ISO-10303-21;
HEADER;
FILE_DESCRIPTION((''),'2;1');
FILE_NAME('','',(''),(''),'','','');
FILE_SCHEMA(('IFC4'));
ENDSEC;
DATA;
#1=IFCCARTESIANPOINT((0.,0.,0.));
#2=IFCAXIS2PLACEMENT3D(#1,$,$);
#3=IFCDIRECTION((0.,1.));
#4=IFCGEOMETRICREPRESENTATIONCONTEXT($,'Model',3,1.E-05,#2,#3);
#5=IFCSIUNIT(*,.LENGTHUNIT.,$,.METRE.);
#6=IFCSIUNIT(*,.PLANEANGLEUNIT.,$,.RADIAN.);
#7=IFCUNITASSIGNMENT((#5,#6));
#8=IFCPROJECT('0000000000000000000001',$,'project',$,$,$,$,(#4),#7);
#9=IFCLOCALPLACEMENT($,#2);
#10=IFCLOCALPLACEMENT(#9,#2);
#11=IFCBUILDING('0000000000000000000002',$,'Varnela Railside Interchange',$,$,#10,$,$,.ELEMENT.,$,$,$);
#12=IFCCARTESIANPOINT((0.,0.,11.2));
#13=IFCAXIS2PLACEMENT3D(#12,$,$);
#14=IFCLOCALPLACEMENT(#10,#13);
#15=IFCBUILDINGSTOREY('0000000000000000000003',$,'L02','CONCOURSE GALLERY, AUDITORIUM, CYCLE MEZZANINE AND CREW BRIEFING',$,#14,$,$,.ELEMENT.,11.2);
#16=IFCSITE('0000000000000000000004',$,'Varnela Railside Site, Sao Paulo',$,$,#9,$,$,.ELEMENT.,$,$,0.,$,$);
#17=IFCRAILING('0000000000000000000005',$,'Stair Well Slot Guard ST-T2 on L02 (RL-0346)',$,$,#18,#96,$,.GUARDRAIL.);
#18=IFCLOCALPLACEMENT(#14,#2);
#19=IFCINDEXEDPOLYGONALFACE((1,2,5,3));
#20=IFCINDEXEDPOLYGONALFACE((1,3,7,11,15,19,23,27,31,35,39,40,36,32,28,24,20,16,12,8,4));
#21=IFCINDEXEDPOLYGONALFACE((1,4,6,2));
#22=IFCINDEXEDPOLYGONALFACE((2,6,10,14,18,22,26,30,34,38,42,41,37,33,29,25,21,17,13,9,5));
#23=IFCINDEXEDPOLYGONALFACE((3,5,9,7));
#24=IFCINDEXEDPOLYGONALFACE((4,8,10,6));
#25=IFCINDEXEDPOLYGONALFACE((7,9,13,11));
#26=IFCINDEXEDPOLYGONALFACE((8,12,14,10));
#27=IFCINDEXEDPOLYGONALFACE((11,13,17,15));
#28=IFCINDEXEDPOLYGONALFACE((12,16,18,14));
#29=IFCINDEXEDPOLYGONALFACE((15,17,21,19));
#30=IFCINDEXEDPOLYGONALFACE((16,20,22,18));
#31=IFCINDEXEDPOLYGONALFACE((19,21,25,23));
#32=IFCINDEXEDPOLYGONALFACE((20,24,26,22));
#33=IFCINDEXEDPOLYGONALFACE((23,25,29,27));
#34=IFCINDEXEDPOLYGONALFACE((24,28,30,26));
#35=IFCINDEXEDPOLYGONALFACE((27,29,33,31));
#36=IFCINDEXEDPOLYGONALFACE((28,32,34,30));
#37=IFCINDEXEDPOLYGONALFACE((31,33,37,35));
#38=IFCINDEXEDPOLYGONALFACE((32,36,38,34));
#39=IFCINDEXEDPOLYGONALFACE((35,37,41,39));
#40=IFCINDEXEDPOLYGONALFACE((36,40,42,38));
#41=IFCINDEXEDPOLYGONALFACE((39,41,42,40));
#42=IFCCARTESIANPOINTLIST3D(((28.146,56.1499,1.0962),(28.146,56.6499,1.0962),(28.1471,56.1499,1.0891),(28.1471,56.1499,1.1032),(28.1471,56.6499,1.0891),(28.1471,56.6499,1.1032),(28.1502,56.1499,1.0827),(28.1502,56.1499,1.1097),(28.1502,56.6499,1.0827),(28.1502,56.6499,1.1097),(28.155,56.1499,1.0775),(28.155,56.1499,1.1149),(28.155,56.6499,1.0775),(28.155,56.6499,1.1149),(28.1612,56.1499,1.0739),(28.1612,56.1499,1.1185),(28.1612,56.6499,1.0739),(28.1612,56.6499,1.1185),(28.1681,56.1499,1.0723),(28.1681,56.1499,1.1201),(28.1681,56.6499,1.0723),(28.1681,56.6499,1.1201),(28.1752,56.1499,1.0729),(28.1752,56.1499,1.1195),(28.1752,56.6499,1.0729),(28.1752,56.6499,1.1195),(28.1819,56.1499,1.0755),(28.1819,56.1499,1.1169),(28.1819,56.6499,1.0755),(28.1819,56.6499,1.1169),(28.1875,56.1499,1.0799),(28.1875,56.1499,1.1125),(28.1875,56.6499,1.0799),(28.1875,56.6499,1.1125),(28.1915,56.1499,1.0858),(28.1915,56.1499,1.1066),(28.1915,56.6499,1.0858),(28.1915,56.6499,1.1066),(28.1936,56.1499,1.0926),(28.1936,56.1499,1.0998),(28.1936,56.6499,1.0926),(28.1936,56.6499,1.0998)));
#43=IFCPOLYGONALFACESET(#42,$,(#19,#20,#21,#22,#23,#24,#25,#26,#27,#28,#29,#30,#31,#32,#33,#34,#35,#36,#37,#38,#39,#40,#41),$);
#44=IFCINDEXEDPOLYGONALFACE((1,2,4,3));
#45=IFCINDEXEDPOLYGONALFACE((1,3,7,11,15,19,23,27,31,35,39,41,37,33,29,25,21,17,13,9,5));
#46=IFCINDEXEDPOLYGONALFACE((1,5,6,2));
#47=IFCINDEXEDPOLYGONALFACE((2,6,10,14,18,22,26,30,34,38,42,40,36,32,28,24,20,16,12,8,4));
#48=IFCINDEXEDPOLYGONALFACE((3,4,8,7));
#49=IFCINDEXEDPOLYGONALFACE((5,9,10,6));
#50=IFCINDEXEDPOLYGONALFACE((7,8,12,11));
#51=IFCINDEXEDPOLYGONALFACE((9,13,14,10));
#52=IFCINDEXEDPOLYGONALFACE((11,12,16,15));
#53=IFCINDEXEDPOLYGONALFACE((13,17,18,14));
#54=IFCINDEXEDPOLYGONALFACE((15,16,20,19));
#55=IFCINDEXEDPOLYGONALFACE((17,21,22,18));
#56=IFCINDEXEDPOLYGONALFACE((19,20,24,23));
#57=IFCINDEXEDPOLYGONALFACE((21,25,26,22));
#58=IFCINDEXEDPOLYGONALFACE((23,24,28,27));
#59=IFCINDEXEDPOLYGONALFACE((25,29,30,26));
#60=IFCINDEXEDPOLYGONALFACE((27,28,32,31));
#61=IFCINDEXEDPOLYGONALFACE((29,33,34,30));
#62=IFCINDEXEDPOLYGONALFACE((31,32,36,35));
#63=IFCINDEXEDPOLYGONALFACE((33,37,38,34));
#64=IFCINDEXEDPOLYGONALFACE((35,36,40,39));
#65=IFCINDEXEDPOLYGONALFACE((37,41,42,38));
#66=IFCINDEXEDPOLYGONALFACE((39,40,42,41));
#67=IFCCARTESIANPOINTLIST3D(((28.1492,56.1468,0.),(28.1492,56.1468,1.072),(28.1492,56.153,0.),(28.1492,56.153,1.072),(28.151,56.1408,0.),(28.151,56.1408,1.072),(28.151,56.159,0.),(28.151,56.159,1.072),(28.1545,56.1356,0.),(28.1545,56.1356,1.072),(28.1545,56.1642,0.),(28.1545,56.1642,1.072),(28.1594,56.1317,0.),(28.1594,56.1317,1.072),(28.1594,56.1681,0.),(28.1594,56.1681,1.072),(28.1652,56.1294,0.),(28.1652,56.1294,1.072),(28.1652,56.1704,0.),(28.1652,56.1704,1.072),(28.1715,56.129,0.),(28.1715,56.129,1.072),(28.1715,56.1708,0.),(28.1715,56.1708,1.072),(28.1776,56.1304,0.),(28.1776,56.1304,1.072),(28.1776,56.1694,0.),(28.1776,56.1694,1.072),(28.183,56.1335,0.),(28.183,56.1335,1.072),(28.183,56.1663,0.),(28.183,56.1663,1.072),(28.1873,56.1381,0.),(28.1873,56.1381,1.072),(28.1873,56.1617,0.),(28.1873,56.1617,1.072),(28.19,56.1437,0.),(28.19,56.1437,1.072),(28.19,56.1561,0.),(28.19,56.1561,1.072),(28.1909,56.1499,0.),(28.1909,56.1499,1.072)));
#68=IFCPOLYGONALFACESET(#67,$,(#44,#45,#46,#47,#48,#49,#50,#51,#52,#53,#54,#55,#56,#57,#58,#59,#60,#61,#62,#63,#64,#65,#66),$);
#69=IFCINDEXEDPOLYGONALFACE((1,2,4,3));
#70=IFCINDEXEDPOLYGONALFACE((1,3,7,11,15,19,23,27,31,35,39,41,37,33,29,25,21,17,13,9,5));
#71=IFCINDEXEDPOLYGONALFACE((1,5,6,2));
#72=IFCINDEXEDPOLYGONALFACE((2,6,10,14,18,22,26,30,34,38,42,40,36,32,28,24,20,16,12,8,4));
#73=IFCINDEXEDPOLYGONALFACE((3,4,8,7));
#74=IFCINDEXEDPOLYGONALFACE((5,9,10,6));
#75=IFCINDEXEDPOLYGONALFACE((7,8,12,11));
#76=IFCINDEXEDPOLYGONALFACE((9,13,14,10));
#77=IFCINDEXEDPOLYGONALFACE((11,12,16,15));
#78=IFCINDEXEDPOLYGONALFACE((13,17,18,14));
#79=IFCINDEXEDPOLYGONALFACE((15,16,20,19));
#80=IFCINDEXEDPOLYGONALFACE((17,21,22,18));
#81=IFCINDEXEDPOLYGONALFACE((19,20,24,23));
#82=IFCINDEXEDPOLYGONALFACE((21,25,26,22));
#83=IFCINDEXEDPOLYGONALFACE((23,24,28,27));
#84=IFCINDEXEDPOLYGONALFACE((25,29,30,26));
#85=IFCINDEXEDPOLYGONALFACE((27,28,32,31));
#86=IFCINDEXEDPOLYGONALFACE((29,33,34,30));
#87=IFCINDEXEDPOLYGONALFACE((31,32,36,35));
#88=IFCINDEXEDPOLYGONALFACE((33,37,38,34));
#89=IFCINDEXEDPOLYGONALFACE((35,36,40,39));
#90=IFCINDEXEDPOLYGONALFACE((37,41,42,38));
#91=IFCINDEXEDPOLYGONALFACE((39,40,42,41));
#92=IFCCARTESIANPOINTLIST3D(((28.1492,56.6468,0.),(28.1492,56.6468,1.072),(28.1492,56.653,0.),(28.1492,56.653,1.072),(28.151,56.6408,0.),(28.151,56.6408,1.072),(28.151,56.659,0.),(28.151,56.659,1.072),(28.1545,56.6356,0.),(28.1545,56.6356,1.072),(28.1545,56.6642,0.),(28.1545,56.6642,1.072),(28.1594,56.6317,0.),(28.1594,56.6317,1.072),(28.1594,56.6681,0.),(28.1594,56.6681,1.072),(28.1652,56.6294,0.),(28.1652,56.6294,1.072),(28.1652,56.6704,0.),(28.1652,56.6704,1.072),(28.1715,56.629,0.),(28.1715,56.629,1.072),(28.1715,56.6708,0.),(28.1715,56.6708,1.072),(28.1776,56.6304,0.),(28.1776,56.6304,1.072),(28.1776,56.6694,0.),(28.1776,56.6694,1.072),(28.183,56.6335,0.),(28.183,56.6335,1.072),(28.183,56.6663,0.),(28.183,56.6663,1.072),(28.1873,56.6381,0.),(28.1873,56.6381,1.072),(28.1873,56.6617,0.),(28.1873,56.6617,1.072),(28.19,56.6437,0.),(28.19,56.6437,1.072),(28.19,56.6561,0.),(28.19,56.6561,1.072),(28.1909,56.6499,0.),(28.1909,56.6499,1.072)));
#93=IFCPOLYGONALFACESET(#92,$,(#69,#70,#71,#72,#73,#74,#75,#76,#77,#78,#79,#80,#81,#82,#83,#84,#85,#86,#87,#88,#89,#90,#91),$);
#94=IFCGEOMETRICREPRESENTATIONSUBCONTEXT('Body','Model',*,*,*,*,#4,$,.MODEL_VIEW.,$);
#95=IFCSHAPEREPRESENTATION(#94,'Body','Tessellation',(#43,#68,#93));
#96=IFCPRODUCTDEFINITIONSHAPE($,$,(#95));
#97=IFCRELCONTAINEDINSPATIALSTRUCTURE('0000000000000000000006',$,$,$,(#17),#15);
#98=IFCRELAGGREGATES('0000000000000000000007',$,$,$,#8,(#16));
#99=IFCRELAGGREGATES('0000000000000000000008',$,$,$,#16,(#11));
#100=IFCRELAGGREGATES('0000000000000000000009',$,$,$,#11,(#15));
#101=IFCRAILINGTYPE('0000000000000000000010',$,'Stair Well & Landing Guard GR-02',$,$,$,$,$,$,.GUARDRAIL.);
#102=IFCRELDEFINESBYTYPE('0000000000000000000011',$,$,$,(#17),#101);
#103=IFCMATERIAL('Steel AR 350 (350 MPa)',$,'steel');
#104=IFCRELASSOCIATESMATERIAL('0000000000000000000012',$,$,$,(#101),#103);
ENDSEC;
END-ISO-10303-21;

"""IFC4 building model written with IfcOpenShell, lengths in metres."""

from ifc_helpers import new_model, si_unit, direction, frame, origin, origin_2d, place, context, subcontext, project, spatial, circle, extrude, material, type_object, element, save


model = new_model("IFC4")

# Units and contexts
model_context = context("Model", 3, precision=1e-05, world=origin(), true_north=direction((0.0, 1.0)))
body_context = subcontext(model_context, "Body", "Model", "MODEL_VIEW")
ifc_project = project(units=[si_unit("LENGTHUNIT", "METRE"), si_unit("PLANEANGLEUNIT", "RADIAN")], contexts=[model_context])

# Site, building, storey
site_placement = place(None, origin())
site = spatial("IfcSite", under=ifc_project, at=site_placement, Name="Varnela Railside Site, Sao Paulo", CompositionType="ELEMENT", RefElevation=0.0)
building_placement = place(site_placement, origin())
building = spatial("IfcBuilding", under=site, at=building_placement, Name="Varnela Railside Interchange", CompositionType="ELEMENT")
storey_placement = place(building_placement, frame((0.0, 0.0, 11.2)))
storey = spatial("IfcBuildingStorey", under=building, at=storey_placement, Name="L02", Description="CONCOURSE GALLERY, AUDITORIUM, CYCLE MEZZANINE AND CREW BRIEFING", CompositionType="ELEMENT", Elevation=11.2)

# Shared definitions
ifc_material_1 = material(Name="Steel AR 350 (350 MPa)", Category="steel")

# Railing
railing_type_1 = type_object("IfcRailingType", Name="Stair Well & Landing Guard GR-02", PredefinedType="GUARDRAIL", material=ifc_material_1)
railing_1_placement = place(storey_placement, frame((28.1699, 56.1499, 0.0)))
element("IfcRailing", 1, at=railing_1_placement, inside=storey, type_object=railing_type_1, Name="Stair Well Slot Guard ST-T2 on L02 (RL-0346)", PredefinedType="GUARDRAIL", context=body_context, shape_type="SweptSolid", body=[
    extrude(circle(Radius=0.0239, at=origin_2d()), frame((0.0, 0.0, 1.0962), z_axis=(0.0, 1.0, 0.0), x_axis=(-1.0, 0.0, 0.0)), (0.0, 0.0, 1.0), 0.5),
    extrude(circle(Radius=0.021, at=origin_2d()), origin(), (0.0, 0.0, 1.0), 1.072),
    extrude(circle(Radius=0.021, at=origin_2d()), frame((0.0, 0.5, 0.0)), (0.0, 0.0, 1.0), 1.072),
])

save(model, "model.ifc")
